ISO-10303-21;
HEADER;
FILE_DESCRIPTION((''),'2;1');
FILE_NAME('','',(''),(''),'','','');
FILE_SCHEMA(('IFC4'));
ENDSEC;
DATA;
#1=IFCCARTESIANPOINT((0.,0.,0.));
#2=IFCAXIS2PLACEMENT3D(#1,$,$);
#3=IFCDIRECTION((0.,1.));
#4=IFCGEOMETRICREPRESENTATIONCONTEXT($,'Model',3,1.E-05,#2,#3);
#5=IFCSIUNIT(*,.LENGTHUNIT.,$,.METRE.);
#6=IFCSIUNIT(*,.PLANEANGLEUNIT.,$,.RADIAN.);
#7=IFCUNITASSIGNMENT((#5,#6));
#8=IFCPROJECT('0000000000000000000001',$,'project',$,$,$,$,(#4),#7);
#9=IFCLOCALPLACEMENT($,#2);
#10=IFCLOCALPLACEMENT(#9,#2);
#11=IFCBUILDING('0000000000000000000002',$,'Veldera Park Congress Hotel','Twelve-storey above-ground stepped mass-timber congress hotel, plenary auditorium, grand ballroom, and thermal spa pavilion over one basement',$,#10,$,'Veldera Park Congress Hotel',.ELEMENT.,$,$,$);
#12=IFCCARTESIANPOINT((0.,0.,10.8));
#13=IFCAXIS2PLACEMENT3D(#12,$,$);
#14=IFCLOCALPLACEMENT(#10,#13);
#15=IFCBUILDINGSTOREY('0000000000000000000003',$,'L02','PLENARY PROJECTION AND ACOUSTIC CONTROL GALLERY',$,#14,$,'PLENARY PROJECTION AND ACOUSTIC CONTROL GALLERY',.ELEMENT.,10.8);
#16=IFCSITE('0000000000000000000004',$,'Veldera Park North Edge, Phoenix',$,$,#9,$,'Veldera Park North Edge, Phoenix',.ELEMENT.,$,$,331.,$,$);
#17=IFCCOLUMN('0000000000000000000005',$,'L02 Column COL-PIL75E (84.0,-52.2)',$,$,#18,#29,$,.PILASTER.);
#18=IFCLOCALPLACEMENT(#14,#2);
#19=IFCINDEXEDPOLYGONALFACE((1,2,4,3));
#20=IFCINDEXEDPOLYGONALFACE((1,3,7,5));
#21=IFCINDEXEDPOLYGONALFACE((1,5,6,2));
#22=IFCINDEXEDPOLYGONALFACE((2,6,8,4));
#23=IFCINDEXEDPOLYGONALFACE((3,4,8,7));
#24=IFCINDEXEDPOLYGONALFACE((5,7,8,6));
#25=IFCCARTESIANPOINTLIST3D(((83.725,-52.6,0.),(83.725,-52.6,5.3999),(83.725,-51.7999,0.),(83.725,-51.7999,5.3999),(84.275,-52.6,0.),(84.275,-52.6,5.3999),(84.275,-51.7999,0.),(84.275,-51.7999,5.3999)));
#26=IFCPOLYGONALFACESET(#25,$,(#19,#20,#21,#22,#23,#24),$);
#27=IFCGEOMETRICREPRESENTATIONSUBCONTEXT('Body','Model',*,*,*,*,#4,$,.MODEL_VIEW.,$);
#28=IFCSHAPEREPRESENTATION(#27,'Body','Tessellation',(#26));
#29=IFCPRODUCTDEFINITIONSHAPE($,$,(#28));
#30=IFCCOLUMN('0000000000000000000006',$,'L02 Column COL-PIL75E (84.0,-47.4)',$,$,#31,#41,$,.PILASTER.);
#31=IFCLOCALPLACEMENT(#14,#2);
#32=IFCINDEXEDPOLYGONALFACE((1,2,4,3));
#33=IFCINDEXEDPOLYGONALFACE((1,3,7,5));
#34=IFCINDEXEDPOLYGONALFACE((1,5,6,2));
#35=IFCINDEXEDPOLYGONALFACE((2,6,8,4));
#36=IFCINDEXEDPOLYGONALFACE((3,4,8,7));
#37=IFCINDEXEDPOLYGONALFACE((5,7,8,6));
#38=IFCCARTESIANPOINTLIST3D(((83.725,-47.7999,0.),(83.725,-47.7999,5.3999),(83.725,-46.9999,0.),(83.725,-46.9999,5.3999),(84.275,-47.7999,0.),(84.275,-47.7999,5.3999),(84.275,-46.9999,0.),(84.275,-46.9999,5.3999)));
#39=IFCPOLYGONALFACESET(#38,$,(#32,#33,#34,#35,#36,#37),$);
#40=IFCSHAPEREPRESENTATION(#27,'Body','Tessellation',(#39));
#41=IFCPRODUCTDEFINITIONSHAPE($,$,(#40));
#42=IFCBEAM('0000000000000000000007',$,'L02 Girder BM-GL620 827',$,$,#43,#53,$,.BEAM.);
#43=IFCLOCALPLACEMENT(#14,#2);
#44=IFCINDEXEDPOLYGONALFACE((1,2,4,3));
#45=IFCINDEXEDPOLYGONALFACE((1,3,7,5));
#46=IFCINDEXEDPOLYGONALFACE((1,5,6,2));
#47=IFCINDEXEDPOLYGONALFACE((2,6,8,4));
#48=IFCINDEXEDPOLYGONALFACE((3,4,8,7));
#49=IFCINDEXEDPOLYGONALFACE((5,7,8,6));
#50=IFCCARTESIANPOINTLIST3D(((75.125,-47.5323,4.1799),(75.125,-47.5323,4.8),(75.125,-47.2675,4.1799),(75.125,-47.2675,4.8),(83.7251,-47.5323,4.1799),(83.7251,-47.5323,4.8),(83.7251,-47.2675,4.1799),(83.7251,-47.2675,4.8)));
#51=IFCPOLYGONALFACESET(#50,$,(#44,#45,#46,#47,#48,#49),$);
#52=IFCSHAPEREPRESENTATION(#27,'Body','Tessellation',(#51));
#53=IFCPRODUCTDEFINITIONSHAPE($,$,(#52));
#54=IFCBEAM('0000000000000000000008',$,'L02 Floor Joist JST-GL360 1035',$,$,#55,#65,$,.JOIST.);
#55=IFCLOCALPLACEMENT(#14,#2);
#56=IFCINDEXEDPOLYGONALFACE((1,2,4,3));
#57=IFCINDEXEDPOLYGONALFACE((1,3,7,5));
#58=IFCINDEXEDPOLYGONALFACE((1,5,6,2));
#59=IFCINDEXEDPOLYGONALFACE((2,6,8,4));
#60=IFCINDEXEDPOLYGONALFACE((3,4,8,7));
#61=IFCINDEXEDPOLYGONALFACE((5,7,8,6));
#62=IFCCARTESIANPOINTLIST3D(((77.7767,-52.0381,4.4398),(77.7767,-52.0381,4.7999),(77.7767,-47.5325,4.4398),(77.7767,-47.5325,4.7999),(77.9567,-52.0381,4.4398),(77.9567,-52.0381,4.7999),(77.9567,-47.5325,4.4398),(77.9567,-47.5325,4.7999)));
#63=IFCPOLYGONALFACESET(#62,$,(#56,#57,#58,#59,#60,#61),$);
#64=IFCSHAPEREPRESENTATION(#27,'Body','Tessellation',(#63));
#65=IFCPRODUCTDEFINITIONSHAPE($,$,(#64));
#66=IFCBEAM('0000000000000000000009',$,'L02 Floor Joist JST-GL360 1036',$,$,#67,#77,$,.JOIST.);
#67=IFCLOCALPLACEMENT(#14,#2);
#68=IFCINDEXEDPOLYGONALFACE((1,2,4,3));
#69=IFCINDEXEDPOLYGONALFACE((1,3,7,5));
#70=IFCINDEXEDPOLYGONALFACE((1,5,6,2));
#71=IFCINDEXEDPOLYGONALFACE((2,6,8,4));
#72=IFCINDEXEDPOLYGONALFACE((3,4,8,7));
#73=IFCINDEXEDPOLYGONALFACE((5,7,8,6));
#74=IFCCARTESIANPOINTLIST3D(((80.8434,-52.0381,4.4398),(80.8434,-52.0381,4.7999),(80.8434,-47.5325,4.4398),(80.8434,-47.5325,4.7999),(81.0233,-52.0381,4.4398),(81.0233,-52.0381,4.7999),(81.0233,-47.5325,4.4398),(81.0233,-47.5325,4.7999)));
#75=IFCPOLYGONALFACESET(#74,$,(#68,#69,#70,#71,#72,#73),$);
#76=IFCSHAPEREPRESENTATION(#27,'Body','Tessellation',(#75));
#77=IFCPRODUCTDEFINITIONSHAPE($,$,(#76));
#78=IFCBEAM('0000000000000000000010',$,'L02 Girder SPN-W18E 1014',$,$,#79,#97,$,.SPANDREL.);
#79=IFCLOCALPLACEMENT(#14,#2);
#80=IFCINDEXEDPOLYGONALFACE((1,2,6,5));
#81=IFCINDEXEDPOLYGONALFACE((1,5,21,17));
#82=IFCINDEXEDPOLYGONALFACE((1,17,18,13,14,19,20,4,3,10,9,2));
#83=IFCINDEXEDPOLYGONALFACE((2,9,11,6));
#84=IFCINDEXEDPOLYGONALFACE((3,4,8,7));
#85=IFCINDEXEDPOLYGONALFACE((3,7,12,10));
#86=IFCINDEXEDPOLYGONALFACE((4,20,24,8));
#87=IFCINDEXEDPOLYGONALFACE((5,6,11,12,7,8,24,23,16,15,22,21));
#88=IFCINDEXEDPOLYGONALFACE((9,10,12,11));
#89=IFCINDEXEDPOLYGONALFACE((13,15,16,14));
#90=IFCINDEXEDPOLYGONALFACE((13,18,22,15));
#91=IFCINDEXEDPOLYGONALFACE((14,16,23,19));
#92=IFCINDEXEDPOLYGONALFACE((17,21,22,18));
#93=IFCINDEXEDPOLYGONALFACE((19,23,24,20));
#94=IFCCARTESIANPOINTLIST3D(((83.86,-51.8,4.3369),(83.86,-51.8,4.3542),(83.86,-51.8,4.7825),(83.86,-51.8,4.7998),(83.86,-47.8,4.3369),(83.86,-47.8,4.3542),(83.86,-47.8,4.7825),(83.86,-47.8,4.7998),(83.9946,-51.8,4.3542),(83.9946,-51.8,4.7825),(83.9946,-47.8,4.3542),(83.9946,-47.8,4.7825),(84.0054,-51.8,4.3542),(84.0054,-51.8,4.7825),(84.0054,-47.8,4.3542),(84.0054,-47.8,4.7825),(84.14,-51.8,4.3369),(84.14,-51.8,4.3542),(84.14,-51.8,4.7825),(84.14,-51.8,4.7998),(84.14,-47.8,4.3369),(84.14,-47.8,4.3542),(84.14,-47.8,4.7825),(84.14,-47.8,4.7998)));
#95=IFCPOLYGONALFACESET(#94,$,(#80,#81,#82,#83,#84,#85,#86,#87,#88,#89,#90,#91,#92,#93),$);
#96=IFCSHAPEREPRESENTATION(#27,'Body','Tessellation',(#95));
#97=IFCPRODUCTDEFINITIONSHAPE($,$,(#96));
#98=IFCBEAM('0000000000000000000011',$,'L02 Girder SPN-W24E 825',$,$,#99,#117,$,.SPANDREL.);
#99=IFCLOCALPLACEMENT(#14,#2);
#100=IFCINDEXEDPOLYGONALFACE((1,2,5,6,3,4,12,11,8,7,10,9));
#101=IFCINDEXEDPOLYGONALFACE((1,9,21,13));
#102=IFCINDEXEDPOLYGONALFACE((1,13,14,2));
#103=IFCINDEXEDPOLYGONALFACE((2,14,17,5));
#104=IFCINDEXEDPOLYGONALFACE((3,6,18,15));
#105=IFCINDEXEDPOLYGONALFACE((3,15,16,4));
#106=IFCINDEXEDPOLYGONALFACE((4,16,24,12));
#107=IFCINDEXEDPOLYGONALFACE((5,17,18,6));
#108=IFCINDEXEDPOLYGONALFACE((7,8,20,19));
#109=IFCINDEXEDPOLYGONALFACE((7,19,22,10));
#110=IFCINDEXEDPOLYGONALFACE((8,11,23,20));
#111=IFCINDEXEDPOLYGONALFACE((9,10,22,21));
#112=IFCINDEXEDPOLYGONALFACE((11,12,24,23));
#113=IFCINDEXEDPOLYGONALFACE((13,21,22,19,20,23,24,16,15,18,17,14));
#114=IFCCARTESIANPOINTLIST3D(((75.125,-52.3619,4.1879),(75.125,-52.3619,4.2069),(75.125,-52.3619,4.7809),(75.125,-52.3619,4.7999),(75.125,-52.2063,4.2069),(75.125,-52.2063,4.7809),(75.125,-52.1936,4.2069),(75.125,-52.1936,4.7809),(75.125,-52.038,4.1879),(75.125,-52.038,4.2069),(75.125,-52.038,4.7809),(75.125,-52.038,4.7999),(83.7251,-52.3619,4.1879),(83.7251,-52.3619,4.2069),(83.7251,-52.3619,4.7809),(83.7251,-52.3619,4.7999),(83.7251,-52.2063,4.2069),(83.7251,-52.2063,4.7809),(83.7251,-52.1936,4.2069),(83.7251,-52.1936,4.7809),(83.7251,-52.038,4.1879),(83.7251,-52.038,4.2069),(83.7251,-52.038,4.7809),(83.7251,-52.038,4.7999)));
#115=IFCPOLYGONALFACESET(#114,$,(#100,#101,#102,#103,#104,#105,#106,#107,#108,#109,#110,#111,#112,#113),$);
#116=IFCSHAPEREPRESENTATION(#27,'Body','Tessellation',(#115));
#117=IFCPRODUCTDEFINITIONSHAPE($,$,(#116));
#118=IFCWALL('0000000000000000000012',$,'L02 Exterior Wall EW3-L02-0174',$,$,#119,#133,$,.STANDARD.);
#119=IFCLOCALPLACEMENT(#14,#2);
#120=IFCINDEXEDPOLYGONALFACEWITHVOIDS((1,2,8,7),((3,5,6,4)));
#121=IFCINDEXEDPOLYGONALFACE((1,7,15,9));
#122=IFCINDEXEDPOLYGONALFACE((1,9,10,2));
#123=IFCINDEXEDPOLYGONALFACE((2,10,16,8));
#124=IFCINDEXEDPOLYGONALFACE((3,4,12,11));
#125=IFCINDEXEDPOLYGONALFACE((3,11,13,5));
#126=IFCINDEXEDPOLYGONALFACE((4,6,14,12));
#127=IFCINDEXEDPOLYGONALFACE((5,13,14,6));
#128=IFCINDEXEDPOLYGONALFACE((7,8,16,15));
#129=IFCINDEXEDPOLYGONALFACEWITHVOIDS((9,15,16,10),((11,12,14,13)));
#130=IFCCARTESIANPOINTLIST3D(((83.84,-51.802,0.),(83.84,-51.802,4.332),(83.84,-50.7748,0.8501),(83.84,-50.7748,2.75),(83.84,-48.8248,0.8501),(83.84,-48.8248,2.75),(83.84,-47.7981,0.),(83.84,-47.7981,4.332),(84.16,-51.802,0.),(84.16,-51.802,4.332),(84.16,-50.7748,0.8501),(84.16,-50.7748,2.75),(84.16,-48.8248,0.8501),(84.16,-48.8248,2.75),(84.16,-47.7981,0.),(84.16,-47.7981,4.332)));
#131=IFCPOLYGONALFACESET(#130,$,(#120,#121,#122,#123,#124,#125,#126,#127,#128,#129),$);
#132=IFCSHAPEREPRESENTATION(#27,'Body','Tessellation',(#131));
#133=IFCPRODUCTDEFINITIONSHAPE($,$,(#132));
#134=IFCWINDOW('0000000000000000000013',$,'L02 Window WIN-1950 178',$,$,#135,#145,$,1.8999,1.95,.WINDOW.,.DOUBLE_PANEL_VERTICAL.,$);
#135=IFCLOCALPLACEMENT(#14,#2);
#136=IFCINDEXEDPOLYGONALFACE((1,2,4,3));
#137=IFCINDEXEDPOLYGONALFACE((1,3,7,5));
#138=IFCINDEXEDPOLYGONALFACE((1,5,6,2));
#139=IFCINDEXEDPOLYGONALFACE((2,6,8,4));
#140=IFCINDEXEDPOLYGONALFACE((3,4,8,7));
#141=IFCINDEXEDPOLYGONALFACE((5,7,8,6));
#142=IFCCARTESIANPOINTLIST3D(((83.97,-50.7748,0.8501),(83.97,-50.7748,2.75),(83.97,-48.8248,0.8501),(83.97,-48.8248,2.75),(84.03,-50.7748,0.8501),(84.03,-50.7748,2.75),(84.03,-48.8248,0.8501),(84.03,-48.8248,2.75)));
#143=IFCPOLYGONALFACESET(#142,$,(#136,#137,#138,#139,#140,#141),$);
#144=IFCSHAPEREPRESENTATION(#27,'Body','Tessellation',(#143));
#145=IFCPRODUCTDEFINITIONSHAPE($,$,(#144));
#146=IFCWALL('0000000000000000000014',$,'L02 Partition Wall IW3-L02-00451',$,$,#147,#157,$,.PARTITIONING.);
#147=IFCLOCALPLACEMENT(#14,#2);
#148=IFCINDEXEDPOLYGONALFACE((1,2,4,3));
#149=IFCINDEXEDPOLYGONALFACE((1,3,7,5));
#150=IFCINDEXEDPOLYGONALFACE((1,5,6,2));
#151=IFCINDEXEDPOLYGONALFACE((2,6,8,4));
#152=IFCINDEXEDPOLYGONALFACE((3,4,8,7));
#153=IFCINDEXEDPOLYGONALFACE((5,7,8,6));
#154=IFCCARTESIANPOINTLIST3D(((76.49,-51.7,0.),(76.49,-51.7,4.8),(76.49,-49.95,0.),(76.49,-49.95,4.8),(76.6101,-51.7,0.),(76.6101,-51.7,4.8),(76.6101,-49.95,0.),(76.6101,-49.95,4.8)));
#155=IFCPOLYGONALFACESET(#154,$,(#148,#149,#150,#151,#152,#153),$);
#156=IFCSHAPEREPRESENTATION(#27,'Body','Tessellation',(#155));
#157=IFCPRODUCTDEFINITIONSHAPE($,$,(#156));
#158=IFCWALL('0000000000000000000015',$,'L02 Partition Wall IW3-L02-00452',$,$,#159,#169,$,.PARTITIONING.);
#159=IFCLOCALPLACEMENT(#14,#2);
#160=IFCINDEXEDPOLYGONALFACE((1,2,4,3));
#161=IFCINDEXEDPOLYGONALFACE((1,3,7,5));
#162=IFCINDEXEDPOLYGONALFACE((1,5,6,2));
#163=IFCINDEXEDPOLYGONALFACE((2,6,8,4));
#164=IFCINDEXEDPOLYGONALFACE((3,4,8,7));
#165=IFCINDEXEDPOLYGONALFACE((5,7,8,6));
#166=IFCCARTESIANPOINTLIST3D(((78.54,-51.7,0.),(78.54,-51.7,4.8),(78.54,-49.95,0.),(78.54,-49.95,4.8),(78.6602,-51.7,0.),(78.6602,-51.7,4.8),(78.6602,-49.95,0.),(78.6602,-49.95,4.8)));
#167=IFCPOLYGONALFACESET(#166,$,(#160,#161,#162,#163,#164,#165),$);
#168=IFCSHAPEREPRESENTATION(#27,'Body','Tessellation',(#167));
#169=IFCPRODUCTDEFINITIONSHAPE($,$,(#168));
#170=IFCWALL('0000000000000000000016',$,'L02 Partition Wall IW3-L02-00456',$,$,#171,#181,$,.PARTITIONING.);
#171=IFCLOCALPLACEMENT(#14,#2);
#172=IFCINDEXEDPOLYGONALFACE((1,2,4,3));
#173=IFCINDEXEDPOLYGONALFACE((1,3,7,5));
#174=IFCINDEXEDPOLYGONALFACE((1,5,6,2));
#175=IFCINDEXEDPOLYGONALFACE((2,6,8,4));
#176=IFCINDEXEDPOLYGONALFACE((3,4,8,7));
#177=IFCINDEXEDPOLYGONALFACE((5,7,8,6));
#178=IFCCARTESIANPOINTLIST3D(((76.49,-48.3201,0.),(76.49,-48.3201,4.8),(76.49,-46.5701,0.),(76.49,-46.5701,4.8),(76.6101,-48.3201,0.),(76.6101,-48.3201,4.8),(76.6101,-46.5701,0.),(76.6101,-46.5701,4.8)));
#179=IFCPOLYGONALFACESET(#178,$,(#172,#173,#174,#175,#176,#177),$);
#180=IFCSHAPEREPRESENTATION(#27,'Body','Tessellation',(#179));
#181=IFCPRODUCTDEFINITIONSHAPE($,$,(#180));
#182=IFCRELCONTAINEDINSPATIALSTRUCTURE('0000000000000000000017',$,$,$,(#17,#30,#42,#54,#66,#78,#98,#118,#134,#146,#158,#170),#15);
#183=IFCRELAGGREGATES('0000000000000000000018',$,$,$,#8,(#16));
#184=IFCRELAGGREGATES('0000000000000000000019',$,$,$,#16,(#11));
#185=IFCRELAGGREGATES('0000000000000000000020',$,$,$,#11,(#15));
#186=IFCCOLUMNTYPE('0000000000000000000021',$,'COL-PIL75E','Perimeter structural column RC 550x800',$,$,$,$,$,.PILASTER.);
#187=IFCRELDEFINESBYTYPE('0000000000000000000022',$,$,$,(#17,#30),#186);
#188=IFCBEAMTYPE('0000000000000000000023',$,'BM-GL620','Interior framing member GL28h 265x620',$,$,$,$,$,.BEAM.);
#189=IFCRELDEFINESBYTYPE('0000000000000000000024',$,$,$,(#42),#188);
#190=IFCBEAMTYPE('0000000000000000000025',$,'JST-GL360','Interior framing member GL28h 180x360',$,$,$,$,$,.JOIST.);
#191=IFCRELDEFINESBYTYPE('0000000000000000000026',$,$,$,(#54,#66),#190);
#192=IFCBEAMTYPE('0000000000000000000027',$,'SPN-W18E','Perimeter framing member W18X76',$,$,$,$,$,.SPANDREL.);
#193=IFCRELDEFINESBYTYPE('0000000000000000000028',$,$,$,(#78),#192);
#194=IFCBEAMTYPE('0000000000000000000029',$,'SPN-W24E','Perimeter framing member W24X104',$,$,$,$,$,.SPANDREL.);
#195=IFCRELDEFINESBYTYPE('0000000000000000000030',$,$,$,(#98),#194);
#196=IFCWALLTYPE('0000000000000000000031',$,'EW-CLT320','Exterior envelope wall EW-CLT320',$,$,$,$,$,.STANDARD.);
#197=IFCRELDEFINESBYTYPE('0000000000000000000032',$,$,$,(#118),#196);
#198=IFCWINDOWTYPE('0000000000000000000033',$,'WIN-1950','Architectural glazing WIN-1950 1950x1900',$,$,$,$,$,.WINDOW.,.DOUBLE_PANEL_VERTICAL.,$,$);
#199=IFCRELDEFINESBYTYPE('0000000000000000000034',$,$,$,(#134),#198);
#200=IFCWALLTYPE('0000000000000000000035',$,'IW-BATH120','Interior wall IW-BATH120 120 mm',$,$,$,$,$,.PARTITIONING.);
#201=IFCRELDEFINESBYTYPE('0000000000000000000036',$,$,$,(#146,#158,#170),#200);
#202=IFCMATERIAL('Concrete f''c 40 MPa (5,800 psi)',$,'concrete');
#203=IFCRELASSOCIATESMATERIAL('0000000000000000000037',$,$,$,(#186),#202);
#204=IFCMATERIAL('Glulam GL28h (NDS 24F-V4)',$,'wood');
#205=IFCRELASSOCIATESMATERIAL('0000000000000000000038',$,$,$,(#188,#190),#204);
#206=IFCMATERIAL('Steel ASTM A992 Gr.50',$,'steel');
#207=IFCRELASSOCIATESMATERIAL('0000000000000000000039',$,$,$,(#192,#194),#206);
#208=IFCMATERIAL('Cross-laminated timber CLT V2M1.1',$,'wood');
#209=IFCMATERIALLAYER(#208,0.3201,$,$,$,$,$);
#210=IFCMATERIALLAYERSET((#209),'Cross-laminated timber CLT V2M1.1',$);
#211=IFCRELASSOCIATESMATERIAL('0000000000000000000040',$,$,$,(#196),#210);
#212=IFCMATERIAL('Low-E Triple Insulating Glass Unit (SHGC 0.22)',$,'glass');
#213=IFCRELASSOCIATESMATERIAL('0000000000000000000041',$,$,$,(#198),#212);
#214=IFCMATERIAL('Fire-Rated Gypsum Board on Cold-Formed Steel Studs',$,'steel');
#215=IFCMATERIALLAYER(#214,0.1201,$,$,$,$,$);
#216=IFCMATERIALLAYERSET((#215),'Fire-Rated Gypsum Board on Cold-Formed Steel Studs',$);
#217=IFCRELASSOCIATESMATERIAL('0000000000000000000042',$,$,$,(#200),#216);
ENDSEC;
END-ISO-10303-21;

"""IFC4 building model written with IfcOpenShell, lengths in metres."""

from ifc_helpers import new_model, si_unit, direction, frame, frame_2d, origin, origin_2d, place, context, subcontext, project, spatial, rectangle, i_section, extrude, material, layer, layer_set, material_profile, profile_set, type_object, element, fill, save


model = new_model("IFC4")

# Units and contexts
model_context = context("Model", 3, precision=1e-05, world=origin(), true_north=direction((0.0, 1.0)))
body_context = subcontext(model_context, "Body", "Model", "MODEL_VIEW")
ifc_project = project(units=[si_unit("LENGTHUNIT", "METRE"), si_unit("PLANEANGLEUNIT", "RADIAN")], contexts=[model_context])

# Site, building, storey
site_placement = place(None, origin())
site = spatial("IfcSite", under=ifc_project, at=site_placement, Name="Veldera Park North Edge, Phoenix", LongName="Veldera Park North Edge, Phoenix", CompositionType="ELEMENT", RefElevation=331.0)
building_placement = place(site_placement, origin())
building = spatial("IfcBuilding", under=site, at=building_placement, Name="Veldera Park Congress Hotel", Description="Twelve-storey above-ground stepped mass-timber congress hotel, plenary auditorium, grand ballroom, and thermal spa pavilion over one basement", LongName="Veldera Park Congress Hotel", CompositionType="ELEMENT")
storey_placement = place(building_placement, frame((0.0, 0.0, 10.8)))
storey = spatial("IfcBuildingStorey", under=building, at=storey_placement, Name="L02", Description="PLENARY PROJECTION AND ACOUSTIC CONTROL GALLERY", LongName="PLENARY PROJECTION AND ACOUSTIC CONTROL GALLERY", CompositionType="ELEMENT", Elevation=10.8)

# Columns
ifc_material_1 = material(Name="Concrete f'c 40 MPa (5,800 psi)", Category="concrete")
ifc_material_profile_1 = material_profile(ifc_material_1, rectangle(XDim=0.55, YDim=0.8, at=origin_2d()), Name="RC 550x800")
ifc_profile_set_1 = profile_set([ifc_material_profile_1], Name="Concrete f'c 40 MPa (5,800 psi)")
column_type = type_object("IfcColumnType", Name="COL-PIL75E", Description="Perimeter structural column RC 550x800", PredefinedType="PILASTER", material=ifc_profile_set_1)
for number, where, z_axis, x_axis, name in (
    (1, (84.0, -52.2, 0.0), (0.0, 0.0, 1.0), (1.0, 0.0, 0.0), "L02 Column COL-PIL75E (84.0,-52.2)"),
    (2, (84.0, -47.3999, 0.0), (0.0, 0.0, 1.0), (1.0, 0.0, 0.0), "L02 Column COL-PIL75E (84.0,-47.4)"),
):
    element("IfcColumn", number, at=place(storey_placement, frame(where, z_axis=z_axis, x_axis=x_axis)), inside=storey, type_object=column_type, Name=name, PredefinedType="PILASTER", context=body_context, shape_type="SweptSolid", body=[
        extrude(rectangle(XDim=0.55, YDim=0.8, at=origin_2d()), origin(), (0.0, 0.0, 1.0), 5.3999),
    ])

# Beams
ifc_material_2 = material(Name="Glulam GL28h (NDS 24F-V4)", Category="wood")
ifc_material_profile_2 = material_profile(ifc_material_2, rectangle(XDim=0.2649, YDim=0.6201, at=origin_2d()), Name="GL28h 265x620")
ifc_profile_set_2 = profile_set([ifc_material_profile_2], Name="Glulam GL28h (NDS 24F-V4)")
beam_type_1 = type_object("IfcBeamType", Name="BM-GL620", Description="Interior framing member GL28h 265x620", PredefinedType="BEAM", material=ifc_profile_set_2)
beam_1_placement = place(storey_placement, frame((75.125, -47.3999, 4.49), z_axis=(1.0, 0.0, 0.0), x_axis=(0.0, 1.0, 0.0)))
element("IfcBeam", 3, at=beam_1_placement, inside=storey, type_object=beam_type_1, Name="L02 Girder BM-GL620 827", PredefinedType="BEAM", context=body_context, shape_type="SweptSolid", body=[
    extrude(rectangle(XDim=0.2649, YDim=0.6201, at=origin_2d()), origin(), (0.0, 0.0, 1.0), 8.6001),
])
ifc_material_profile_3 = material_profile(ifc_material_2, rectangle(XDim=0.1799, YDim=0.3601, at=origin_2d()), Name="GL28h 180x360")
ifc_profile_set_3 = profile_set([ifc_material_profile_3], Name="Glulam GL28h (NDS 24F-V4)")
beam_type_2 = type_object("IfcBeamType", Name="JST-GL360", Description="Interior framing member GL28h 180x360", PredefinedType="JOIST", material=ifc_profile_set_3)
for number, where, z_axis, x_axis, name in (
    (4, (77.8667, -52.0381, 4.6199), (0.0, 1.0, 0.0), (-1.0, 0.0, 0.0), "L02 Floor Joist JST-GL360 1035"),
    (5, (80.9333, -52.0381, 4.6199), (0.0, 1.0, 0.0), (-1.0, 0.0, 0.0), "L02 Floor Joist JST-GL360 1036"),
):
    element("IfcBeam", number, at=place(storey_placement, frame(where, z_axis=z_axis, x_axis=x_axis)), inside=storey, type_object=beam_type_2, Name=name, PredefinedType="JOIST", context=body_context, shape_type="SweptSolid", body=[
        extrude(rectangle(XDim=0.1799, YDim=0.3601, at=origin_2d()), origin(), (0.0, 0.0, 1.0), 4.5056),
    ])
ifc_material_3 = material(Name="Steel ASTM A992 Gr.50", Category="steel")
ifc_material_profile_4 = material_profile(ifc_material_3, i_section(OverallWidth=0.28, OverallDepth=0.4629, WebThickness=0.0107, FlangeThickness=0.0173, at=origin_2d()), Name="W18X76")
ifc_profile_set_4 = profile_set([ifc_material_profile_4], Name="Steel ASTM A992 Gr.50")
beam_type_3 = type_object("IfcBeamType", Name="SPN-W18E", Description="Perimeter framing member W18X76", PredefinedType="SPANDREL", material=ifc_profile_set_4)
beam_2_placement = place(storey_placement, frame((84.0, -51.8, 4.5684), z_axis=(0.0, 1.0, 0.0), x_axis=(-1.0, 0.0, 0.0)))
element("IfcBeam", 6, at=beam_2_placement, inside=storey, type_object=beam_type_3, Name="L02 Girder SPN-W18E 1014", PredefinedType="SPANDREL", context=body_context, shape_type="SweptSolid", body=[
    extrude(i_section(OverallWidth=0.28, OverallDepth=0.4629, WebThickness=0.0107, FlangeThickness=0.0173, at=origin_2d()), origin(), (0.0, 0.0, 1.0), 4.0),
])
ifc_material_profile_5 = material_profile(ifc_material_3, i_section(OverallWidth=0.324, OverallDepth=0.6121, WebThickness=0.0127, FlangeThickness=0.019, at=origin_2d()), Name="W24X104")
ifc_profile_set_5 = profile_set([ifc_material_profile_5], Name="Steel ASTM A992 Gr.50")
beam_type_4 = type_object("IfcBeamType", Name="SPN-W24E", Description="Perimeter framing member W24X104", PredefinedType="SPANDREL", material=ifc_profile_set_5)
beam_3_placement = place(storey_placement, frame((75.125, -52.2, 4.4939), z_axis=(1.0, 0.0, 0.0), x_axis=(0.0, 1.0, 0.0)))
element("IfcBeam", 7, at=beam_3_placement, inside=storey, type_object=beam_type_4, Name="L02 Girder SPN-W24E 825", PredefinedType="SPANDREL", context=body_context, shape_type="SweptSolid", body=[
    extrude(i_section(OverallWidth=0.324, OverallDepth=0.6121, WebThickness=0.0127, FlangeThickness=0.019, at=origin_2d()), origin(), (0.0, 0.0, 1.0), 8.6001),
])

# Wall, opening, window
ifc_material_4 = material(Name="Cross-laminated timber CLT V2M1.1", Category="wood")
ifc_layer_1 = layer(ifc_material_4, 0.3201)
ifc_layer_set_1 = layer_set([ifc_layer_1], Name="Cross-laminated timber CLT V2M1.1")
wall_type_1 = type_object("IfcWallType", Name="EW-CLT320", Description="Exterior envelope wall EW-CLT320", PredefinedType="STANDARD", material=ifc_layer_set_1)
wall_1_placement = place(storey_placement, frame((84.0, -51.802, 0.0), z_axis=(0.0, 0.0, 1.0), x_axis=(0.0, 1.0, 0.0)))
wall_1 = element("IfcWall", 8, at=wall_1_placement, inside=storey, type_object=wall_type_1, Name="L02 Exterior Wall EW3-L02-0174", PredefinedType="STANDARD", context=body_context, shape_type="SweptSolid", body=[
    extrude(rectangle(XDim=4.0039, YDim=0.3201, at=frame_2d((2.002, 0.0))), origin(), (0.0, 0.0, 1.0), 4.332),
])
opening_1_placement = place(wall_1_placement, frame((1.0271, 0.0, 0.8501)))
opening_1 = element("IfcOpeningElement", 9, at=opening_1_placement, cuts=wall_1, PredefinedType="OPENING", context=body_context, shape_type="SweptSolid", body=[
    extrude(rectangle(XDim=1.95, YDim=1.8999, at=frame_2d((0.9751, 0.95))), frame((0.0, 0.1721, 0.0), z_axis=(0.0, -1.0, 0.0), x_axis=(1.0, 0.0, 0.0)), (0.0, 0.0, 1.0), 0.344),
])
ifc_material_5 = material(Name="Low-E Triple Insulating Glass Unit (SHGC 0.22)", Category="glass")
window_type = type_object("IfcWindowType", Name="WIN-1950", Description="Architectural glazing WIN-1950 1950x1900", PartitioningType="DOUBLE_PANEL_VERTICAL", PredefinedType="WINDOW", material=ifc_material_5)
window_placement = place(opening_1_placement, origin())
window = element("IfcWindow", 10, at=window_placement, inside=storey, type_object=window_type, Name="L02 Window WIN-1950 178", OverallHeight=1.8999, OverallWidth=1.95, PartitioningType="DOUBLE_PANEL_VERTICAL", PredefinedType="WINDOW", context=body_context, shape_type="SweptSolid", body=[
    extrude(rectangle(XDim=1.95, YDim=1.8999, at=frame_2d((0.9751, 0.95))), frame((0.0, 0.03, 0.0), z_axis=(0.0, -1.0, 0.0), x_axis=(1.0, 0.0, 0.0)), (0.0, 0.0, 1.0), 0.0601),
])
fill(opening_1, window)

# Walls
ifc_material_6 = material(Name="Fire-Rated Gypsum Board on Cold-Formed Steel Studs", Category="steel")
ifc_layer_2 = layer(ifc_material_6, 0.1201)
ifc_layer_set_2 = layer_set([ifc_layer_2], Name="Fire-Rated Gypsum Board on Cold-Formed Steel Studs")
wall_type_2 = type_object("IfcWallType", Name="IW-BATH120", Description="Interior wall IW-BATH120 120 mm", PredefinedType="PARTITIONING", material=ifc_layer_set_2)
for number, where, z_axis, x_axis, name in (
    (11, (76.55, -51.7, 0.0), (0.0, 0.0, 1.0), (0.0, 1.0, 0.0), "L02 Partition Wall IW3-L02-00451"),
    (12, (78.6001, -51.7, 0.0), (0.0, 0.0, 1.0), (0.0, 1.0, 0.0), "L02 Partition Wall IW3-L02-00452"),
):
    element("IfcWall", number, at=place(storey_placement, frame(where, z_axis=z_axis, x_axis=x_axis)), inside=storey, type_object=wall_type_2, Name=name, PredefinedType="PARTITIONING", context=body_context, shape_type="SweptSolid", body=[
        extrude(rectangle(XDim=1.75, YDim=0.1201, at=frame_2d((0.875, 0.0))), origin(), (0.0, 0.0, 1.0), 4.8),
    ])

# Wall
for number, where, z_axis, x_axis, name in (
    (13, (76.55, -48.3201, 0.0), (0.0, 0.0, 1.0), (0.0, 1.0, 0.0), "L02 Partition Wall IW3-L02-00456"),
):
    element("IfcWall", number, at=place(storey_placement, frame(where, z_axis=z_axis, x_axis=x_axis)), inside=storey, type_object=wall_type_2, Name=name, PredefinedType="PARTITIONING", context=body_context, shape_type="SweptSolid", body=[
        extrude(rectangle(XDim=1.75, YDim=0.1201, at=frame_2d((0.875, 0.0))), origin(), (0.0, 0.0, 1.0), 4.8),
    ])

save(model, "model.ifc")
